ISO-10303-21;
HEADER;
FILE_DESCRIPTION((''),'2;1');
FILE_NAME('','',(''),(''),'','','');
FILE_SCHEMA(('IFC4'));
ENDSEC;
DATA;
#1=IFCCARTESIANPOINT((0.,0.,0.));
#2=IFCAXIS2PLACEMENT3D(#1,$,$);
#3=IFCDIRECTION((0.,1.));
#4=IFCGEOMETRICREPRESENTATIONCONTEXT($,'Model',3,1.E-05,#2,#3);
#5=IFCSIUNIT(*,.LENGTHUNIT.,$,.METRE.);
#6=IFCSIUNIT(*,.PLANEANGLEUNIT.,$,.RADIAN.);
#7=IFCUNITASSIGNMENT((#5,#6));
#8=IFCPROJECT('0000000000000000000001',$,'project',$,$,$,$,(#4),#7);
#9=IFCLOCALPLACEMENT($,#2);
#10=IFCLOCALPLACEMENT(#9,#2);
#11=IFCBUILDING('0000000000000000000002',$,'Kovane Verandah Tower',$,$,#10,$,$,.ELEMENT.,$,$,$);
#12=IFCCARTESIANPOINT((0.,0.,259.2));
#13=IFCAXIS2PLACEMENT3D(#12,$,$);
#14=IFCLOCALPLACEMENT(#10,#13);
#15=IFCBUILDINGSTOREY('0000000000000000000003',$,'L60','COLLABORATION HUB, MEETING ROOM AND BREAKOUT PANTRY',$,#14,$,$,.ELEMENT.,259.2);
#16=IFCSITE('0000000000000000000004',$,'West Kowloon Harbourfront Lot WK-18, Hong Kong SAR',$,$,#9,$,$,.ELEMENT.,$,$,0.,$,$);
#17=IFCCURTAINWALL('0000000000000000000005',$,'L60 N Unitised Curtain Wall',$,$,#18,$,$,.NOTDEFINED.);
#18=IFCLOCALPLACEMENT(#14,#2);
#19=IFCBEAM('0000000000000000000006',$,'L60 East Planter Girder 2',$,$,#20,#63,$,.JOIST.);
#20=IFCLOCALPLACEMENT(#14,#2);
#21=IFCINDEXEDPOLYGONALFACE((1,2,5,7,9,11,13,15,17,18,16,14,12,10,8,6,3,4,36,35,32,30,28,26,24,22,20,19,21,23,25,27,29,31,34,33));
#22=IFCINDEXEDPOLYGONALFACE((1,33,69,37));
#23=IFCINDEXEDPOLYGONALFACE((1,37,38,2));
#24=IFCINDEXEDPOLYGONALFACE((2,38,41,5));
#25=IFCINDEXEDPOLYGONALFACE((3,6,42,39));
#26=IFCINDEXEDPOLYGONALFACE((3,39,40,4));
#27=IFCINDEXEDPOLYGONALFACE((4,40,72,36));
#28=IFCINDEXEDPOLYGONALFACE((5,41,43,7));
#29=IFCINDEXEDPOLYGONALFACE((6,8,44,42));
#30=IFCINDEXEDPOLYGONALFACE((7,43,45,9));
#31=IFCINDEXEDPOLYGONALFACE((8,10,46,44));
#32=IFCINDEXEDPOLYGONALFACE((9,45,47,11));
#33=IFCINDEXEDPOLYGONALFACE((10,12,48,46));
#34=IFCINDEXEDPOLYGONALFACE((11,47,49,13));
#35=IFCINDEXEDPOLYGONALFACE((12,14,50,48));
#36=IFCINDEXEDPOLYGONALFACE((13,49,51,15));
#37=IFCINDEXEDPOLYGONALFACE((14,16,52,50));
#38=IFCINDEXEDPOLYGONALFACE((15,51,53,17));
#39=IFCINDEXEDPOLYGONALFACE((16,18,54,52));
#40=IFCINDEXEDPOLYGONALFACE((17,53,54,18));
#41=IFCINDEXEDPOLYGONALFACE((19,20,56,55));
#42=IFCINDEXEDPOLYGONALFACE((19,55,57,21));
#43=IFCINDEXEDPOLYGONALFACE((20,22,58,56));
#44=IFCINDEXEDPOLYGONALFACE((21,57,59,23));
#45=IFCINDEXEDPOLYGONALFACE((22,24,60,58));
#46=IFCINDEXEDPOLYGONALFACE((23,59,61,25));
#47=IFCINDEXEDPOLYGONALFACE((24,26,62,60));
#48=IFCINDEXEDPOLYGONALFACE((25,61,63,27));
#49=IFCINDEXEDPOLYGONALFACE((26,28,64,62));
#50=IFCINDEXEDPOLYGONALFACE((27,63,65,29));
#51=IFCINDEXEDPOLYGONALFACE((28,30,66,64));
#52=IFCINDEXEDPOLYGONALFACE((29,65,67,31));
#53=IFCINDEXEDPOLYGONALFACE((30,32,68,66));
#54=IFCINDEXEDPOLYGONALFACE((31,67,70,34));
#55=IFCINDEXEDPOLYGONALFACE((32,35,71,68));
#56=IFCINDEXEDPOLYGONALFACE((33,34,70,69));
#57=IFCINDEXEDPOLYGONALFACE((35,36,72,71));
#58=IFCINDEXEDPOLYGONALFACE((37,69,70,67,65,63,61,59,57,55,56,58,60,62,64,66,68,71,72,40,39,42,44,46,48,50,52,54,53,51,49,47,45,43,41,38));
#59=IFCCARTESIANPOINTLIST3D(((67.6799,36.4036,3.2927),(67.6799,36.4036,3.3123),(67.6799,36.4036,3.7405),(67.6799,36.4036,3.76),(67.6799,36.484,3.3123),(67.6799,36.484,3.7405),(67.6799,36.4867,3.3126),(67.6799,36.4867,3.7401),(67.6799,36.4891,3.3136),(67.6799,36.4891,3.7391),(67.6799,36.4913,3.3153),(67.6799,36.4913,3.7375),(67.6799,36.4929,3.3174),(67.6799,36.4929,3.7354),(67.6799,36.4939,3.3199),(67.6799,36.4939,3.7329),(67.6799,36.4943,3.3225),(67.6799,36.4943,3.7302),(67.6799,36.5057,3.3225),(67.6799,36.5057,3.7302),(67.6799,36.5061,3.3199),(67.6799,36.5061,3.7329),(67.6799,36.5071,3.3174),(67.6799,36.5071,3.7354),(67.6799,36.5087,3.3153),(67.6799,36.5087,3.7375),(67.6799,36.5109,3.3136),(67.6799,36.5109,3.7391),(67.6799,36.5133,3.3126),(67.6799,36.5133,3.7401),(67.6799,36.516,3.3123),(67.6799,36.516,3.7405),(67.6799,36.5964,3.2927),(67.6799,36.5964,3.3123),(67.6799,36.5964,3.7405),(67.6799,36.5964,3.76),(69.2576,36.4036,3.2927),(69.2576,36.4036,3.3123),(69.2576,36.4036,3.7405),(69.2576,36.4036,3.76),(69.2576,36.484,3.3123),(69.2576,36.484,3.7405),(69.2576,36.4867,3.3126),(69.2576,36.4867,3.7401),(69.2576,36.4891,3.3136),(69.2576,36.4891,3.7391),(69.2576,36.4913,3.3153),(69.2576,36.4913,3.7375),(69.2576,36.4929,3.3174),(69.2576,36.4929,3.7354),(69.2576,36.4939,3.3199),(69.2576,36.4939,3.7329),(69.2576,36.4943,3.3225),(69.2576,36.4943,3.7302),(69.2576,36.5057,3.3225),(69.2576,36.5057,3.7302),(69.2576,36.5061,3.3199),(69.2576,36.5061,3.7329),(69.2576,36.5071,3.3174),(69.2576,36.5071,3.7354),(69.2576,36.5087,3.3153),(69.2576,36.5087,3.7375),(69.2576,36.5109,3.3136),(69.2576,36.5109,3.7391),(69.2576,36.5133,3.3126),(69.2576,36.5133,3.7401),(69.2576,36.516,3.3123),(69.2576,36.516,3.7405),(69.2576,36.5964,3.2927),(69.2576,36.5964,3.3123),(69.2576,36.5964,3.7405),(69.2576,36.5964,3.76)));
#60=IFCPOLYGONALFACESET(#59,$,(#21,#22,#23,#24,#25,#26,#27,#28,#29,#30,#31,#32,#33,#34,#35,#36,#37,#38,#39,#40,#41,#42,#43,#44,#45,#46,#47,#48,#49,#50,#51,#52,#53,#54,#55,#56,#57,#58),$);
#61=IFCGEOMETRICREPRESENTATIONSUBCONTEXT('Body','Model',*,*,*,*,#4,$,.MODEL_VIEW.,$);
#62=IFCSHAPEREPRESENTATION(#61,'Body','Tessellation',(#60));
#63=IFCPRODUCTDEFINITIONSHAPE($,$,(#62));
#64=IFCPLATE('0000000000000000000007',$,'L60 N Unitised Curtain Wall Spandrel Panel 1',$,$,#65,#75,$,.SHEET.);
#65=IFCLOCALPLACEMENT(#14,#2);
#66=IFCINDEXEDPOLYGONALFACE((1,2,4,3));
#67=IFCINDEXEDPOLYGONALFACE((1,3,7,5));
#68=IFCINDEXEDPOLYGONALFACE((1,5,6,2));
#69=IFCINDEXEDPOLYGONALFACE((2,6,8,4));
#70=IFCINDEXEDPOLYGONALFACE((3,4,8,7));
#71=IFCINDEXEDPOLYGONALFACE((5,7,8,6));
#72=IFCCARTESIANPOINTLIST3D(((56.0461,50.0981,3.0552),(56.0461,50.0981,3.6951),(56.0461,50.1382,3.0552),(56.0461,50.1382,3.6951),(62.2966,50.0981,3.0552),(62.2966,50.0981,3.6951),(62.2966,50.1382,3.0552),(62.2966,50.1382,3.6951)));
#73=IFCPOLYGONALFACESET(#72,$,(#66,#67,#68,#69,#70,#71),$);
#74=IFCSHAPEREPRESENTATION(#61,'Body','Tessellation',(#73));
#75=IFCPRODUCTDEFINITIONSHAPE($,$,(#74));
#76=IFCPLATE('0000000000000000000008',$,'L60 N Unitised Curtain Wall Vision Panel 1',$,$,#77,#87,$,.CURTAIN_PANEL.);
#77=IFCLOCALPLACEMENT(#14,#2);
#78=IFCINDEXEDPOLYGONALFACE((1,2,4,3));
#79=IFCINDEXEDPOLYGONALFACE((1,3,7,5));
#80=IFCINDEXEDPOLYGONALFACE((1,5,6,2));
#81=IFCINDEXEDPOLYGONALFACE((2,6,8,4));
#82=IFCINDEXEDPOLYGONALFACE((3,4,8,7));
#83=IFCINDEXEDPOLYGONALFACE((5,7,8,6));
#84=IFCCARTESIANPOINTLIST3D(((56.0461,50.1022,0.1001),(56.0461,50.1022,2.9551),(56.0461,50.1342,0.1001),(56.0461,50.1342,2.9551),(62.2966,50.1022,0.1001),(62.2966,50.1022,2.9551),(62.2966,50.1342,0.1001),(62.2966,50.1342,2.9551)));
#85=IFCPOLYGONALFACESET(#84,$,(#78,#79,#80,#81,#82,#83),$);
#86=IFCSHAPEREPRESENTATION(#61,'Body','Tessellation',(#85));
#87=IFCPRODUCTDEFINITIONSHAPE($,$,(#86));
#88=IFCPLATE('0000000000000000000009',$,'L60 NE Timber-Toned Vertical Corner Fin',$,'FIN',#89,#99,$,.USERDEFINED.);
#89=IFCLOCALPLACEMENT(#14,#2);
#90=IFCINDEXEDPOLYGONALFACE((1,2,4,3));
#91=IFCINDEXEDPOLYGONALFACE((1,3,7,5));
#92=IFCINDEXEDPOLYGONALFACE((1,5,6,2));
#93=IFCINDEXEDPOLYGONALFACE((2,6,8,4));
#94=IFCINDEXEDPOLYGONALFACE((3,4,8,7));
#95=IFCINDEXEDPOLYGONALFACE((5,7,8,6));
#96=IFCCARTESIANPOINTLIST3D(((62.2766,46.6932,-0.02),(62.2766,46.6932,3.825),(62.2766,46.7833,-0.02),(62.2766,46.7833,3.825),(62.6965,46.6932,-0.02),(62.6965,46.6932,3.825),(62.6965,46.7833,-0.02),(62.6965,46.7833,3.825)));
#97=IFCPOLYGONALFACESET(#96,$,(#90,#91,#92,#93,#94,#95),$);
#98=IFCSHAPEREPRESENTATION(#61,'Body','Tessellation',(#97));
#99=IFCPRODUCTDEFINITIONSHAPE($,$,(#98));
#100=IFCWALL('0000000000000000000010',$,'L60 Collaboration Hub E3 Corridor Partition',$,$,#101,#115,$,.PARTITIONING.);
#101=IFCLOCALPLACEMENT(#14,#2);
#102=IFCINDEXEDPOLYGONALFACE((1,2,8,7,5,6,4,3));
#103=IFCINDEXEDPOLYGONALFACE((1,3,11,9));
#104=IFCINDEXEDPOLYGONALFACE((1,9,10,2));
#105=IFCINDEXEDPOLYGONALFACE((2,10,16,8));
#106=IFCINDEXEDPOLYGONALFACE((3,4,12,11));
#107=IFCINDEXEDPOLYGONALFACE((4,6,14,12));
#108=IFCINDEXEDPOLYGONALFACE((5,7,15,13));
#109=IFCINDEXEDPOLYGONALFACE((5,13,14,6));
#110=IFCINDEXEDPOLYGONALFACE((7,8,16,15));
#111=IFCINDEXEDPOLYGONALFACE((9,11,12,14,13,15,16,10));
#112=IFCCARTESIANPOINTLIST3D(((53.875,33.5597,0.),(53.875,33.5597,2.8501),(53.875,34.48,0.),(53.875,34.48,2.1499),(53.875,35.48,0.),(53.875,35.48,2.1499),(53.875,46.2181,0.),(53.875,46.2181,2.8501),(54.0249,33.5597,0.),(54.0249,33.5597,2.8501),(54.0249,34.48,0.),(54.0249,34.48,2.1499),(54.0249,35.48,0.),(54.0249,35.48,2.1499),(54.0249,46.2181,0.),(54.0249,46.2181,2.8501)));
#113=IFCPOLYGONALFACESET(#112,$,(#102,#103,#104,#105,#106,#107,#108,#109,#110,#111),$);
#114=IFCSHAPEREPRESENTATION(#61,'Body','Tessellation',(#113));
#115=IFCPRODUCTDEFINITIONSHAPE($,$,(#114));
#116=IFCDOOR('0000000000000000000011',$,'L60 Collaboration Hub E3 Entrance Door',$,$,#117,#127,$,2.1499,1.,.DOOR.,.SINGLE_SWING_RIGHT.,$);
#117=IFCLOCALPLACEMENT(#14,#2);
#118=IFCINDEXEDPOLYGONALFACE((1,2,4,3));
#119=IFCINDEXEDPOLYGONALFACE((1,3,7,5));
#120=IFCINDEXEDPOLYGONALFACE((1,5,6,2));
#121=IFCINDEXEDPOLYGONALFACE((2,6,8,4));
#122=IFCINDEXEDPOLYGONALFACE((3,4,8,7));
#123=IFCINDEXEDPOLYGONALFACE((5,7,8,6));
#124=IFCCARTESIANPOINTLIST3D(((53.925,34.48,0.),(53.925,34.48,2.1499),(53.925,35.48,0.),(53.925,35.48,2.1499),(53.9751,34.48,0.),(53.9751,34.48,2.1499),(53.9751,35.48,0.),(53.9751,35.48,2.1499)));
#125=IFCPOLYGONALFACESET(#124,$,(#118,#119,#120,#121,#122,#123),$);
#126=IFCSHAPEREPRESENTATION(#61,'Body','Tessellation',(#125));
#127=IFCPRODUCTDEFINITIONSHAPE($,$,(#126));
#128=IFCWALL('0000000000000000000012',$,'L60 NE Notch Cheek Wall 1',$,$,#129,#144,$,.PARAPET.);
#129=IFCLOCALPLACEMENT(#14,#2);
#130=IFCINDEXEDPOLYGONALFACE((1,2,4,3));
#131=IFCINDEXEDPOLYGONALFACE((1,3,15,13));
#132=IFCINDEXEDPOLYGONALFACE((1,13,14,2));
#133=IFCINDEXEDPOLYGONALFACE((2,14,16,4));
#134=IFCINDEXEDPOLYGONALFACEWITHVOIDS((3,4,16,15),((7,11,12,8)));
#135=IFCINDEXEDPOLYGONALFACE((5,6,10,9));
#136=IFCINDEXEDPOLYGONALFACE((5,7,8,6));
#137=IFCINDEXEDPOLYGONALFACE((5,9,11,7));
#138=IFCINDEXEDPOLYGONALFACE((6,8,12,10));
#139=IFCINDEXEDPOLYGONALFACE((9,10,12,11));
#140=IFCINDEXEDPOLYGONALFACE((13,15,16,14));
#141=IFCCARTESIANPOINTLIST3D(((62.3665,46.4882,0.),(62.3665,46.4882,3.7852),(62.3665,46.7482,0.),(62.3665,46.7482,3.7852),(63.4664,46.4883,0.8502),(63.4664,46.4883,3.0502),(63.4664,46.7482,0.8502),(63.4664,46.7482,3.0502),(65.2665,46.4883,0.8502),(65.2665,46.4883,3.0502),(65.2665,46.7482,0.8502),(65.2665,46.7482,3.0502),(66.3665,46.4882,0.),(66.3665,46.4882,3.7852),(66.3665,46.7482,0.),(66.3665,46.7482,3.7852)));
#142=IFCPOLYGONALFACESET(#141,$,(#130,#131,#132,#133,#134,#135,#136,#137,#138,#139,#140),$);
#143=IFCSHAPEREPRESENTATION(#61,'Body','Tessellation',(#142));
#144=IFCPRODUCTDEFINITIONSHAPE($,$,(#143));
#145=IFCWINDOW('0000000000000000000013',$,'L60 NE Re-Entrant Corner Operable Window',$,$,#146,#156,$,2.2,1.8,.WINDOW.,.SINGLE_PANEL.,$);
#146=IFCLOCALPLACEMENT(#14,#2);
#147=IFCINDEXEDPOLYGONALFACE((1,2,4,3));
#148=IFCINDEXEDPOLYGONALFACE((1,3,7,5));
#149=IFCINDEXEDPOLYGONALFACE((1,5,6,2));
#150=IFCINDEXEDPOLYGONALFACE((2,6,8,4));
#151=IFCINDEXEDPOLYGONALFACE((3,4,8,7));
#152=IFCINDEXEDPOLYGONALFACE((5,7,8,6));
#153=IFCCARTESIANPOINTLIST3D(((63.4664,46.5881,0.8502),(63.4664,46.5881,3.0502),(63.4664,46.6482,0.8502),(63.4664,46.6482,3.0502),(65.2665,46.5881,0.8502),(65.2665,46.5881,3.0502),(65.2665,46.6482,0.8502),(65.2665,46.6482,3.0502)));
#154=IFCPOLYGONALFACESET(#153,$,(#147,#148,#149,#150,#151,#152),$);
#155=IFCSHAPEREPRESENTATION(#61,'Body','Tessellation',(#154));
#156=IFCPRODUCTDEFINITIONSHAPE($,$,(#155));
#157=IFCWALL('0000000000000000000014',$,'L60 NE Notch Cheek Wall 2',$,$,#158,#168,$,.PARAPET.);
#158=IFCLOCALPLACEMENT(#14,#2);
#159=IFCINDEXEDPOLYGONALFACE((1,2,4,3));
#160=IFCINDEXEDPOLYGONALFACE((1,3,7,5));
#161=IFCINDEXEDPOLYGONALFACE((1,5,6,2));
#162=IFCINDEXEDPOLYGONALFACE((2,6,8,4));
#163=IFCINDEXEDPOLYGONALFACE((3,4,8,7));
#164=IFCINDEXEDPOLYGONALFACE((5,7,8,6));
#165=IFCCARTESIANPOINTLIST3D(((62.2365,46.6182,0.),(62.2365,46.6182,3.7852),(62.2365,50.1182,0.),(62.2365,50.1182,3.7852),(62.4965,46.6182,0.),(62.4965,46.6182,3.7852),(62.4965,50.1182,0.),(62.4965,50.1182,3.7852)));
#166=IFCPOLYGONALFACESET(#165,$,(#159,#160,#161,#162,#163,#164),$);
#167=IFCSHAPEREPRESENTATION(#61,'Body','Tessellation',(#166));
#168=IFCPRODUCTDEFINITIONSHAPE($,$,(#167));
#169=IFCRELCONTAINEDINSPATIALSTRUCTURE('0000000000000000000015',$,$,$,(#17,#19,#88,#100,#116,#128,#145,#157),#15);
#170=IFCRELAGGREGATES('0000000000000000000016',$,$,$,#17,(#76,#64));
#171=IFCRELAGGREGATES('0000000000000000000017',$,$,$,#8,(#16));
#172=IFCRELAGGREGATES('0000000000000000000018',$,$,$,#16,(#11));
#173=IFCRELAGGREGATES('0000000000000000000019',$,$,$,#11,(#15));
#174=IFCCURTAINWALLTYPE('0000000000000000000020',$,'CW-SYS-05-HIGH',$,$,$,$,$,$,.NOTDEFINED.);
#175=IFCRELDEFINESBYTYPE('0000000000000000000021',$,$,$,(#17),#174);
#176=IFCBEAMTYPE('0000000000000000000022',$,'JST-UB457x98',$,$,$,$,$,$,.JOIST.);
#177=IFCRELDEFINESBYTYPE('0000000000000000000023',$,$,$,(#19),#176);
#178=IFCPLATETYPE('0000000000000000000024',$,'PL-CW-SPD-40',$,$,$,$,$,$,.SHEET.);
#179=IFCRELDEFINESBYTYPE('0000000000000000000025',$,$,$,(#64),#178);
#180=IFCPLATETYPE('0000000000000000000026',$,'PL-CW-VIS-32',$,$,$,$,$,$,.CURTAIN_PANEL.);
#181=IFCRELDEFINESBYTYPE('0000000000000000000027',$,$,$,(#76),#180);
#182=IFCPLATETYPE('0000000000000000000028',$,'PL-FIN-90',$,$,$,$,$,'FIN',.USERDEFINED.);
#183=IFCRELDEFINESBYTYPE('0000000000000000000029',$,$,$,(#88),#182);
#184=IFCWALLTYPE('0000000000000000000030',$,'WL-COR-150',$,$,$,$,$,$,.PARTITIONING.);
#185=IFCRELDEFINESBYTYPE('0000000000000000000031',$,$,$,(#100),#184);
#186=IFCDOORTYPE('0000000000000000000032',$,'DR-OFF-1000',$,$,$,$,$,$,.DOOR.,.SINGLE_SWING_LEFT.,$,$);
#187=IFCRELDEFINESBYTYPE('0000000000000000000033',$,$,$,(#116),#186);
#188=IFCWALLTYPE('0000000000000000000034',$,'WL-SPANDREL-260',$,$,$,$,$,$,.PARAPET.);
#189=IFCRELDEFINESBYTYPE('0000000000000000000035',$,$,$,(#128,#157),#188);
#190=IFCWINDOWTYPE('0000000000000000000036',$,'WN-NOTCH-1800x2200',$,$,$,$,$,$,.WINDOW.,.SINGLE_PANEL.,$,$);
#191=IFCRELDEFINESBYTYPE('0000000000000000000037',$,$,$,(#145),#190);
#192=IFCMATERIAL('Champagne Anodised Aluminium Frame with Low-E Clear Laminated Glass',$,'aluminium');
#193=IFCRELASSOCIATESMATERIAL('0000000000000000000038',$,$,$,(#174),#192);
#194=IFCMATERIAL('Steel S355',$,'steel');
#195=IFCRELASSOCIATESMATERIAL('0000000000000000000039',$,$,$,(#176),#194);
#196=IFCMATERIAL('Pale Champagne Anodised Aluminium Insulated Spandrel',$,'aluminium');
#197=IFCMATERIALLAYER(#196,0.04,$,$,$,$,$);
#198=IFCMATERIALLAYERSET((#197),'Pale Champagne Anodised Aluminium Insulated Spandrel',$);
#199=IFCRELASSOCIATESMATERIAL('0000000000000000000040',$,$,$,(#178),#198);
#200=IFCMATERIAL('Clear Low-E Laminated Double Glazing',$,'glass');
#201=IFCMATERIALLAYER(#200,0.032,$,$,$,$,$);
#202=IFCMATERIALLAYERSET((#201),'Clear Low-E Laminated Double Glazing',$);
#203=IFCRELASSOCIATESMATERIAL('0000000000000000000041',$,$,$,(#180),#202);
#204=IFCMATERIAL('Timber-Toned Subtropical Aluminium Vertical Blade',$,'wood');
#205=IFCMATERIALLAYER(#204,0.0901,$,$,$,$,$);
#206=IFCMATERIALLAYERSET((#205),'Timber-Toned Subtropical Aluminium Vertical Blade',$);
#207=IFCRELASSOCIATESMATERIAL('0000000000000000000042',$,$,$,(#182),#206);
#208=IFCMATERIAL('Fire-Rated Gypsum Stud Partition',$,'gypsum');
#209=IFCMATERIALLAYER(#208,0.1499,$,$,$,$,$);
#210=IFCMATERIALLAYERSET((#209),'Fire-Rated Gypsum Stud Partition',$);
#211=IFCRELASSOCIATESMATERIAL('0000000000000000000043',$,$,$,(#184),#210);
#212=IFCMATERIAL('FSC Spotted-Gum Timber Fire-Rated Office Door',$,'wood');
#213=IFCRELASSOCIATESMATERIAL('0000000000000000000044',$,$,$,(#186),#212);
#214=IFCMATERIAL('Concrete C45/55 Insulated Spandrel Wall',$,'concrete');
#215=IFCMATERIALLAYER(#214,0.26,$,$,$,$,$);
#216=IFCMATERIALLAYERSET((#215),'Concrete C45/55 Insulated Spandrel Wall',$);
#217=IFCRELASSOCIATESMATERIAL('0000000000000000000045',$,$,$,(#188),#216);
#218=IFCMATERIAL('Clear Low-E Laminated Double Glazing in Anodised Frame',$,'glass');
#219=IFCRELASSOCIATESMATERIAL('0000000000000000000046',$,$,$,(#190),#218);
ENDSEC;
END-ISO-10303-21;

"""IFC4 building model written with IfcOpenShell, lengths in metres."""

from ifc_helpers import new_model, si_unit, direction, frame, frame_2d, origin, origin_2d, place, context, subcontext, project, spatial, rectangle, i_section, extrude, material, layer, layer_set, material_profile, profile_set, type_object, element, fill, aggregate, save


model = new_model("IFC4")

# Units and contexts
model_context = context("Model", 3, precision=1e-05, world=origin(), true_north=direction((0.0, 1.0)))
body_context = subcontext(model_context, "Body", "Model", "MODEL_VIEW")
ifc_project = project(units=[si_unit("LENGTHUNIT", "METRE"), si_unit("PLANEANGLEUNIT", "RADIAN")], contexts=[model_context])

# Site, building, storey
site_placement = place(None, origin())
site = spatial("IfcSite", under=ifc_project, at=site_placement, Name="West Kowloon Harbourfront Lot WK-18, Hong Kong SAR", CompositionType="ELEMENT", RefElevation=0.0)
building_placement = place(site_placement, origin())
building = spatial("IfcBuilding", under=site, at=building_placement, Name="Kovane Verandah Tower", CompositionType="ELEMENT")
storey_placement = place(building_placement, frame((0.0, 0.0, 259.2)))
storey = spatial("IfcBuildingStorey", under=building, at=storey_placement, Name="L60", Description="COLLABORATION HUB, MEETING ROOM AND BREAKOUT PANTRY", CompositionType="ELEMENT", Elevation=259.2)

# Shared definitions
ifc_material_1 = material(Name="Steel S355", Category="steel")

# Curtain wall
ifc_material_2 = material(Name="Champagne Anodised Aluminium Frame with Low-E Clear Laminated Glass", Category="aluminium")
curtain_wall_type = type_object("IfcCurtainWallType", Name="CW-SYS-05-HIGH", PredefinedType="NOTDEFINED", material=ifc_material_2)
curtain_wall_placement = place(storey_placement, origin())
curtain_wall = element("IfcCurtainWall", 1, at=curtain_wall_placement, inside=storey, type_object=curtain_wall_type, Name="L60 N Unitised Curtain Wall", PredefinedType="NOTDEFINED")

# Beam
ifc_material_profile_1 = material_profile(ifc_material_1, i_section(OverallWidth=0.1929, OverallDepth=0.4673, WebThickness=0.0115, FlangeThickness=0.0195, FilletRadius=0.0103, at=origin_2d()), Name="UB457x191x98")
ifc_profile_set_1 = profile_set([ifc_material_profile_1], Name="Steel S355")
beam_type_1 = type_object("IfcBeamType", Name="JST-UB457x98", PredefinedType="JOIST", material=ifc_profile_set_1)
beam_1_placement = place(storey_placement, frame((67.6799, 36.5, 3.5264), z_axis=(1.0, 0.0, 0.0), x_axis=(0.0, 1.0, 0.0)))
element("IfcBeam", 2, at=beam_1_placement, inside=storey, type_object=beam_type_1, Name="L60 East Planter Girder 2", PredefinedType="JOIST", context=body_context, shape_type="SweptSolid", body=[
    extrude(i_section(OverallWidth=0.1929, OverallDepth=0.4673, WebThickness=0.0115, FlangeThickness=0.0195, FilletRadius=0.0103, at=origin_2d()), origin(), (0.0, 0.0, 1.0), 1.5776),
])

# Plates
ifc_material_3 = material(Name="Pale Champagne Anodised Aluminium Insulated Spandrel", Category="aluminium")
ifc_layer_1 = layer(ifc_material_3, 0.04)
ifc_layer_set_1 = layer_set([ifc_layer_1], Name="Pale Champagne Anodised Aluminium Insulated Spandrel")
plate_type_1 = type_object("IfcPlateType", Name="PL-CW-SPD-40", PredefinedType="SHEET", material=ifc_layer_set_1)
plate_1_placement = place(storey_placement, frame((59.1714, 50.1182, 3.0552), z_axis=(0.0, 0.0, 1.0), x_axis=(-1.0, 0.0, 0.0)))
plate_1 = element("IfcPlate", 3, at=plate_1_placement, type_object=plate_type_1, Name="L60 N Unitised Curtain Wall Spandrel Panel 1", PredefinedType="SHEET", context=body_context, shape_type="SweptSolid", body=[
    extrude(rectangle(XDim=6.2505, YDim=0.04, at=origin_2d()), origin(), (0.0, 0.0, 1.0), 0.6399),
])
ifc_material_4 = material(Name="Clear Low-E Laminated Double Glazing", Category="glass")
ifc_layer_2 = layer(ifc_material_4, 0.032)
ifc_layer_set_2 = layer_set([ifc_layer_2], Name="Clear Low-E Laminated Double Glazing")
plate_type_2 = type_object("IfcPlateType", Name="PL-CW-VIS-32", PredefinedType="CURTAIN_PANEL", material=ifc_layer_set_2)
plate_2_placement = place(storey_placement, frame((59.1714, 50.1182, 0.1001), z_axis=(0.0, 0.0, 1.0), x_axis=(-1.0, 0.0, 0.0)))
plate_2 = element("IfcPlate", 4, at=plate_2_placement, type_object=plate_type_2, Name="L60 N Unitised Curtain Wall Vision Panel 1", PredefinedType="CURTAIN_PANEL", context=body_context, shape_type="SweptSolid", body=[
    extrude(rectangle(XDim=6.2505, YDim=0.032, at=origin_2d()), origin(), (0.0, 0.0, 1.0), 2.855),
])
aggregate(curtain_wall, [plate_2, plate_1])
ifc_material_5 = material(Name="Timber-Toned Subtropical Aluminium Vertical Blade", Category="wood")
ifc_layer_3 = layer(ifc_material_5, 0.0901)
ifc_layer_set_3 = layer_set([ifc_layer_3], Name="Timber-Toned Subtropical Aluminium Vertical Blade")
plate_type_3 = type_object("IfcPlateType", Name="PL-FIN-90", ElementType="FIN", PredefinedType="USERDEFINED", material=ifc_layer_set_3)
plate_3_placement = place(storey_placement, frame((62.4866, 46.7383, -0.02), z_axis=(0.0, 0.0, 1.0), x_axis=(1.0, 0.0, 0.0)))
element("IfcPlate", 5, at=plate_3_placement, inside=storey, type_object=plate_type_3, Name="L60 NE Timber-Toned Vertical Corner Fin", ObjectType="FIN", PredefinedType="USERDEFINED", context=body_context, shape_type="SweptSolid", body=[
    extrude(rectangle(XDim=0.4199, YDim=0.0901, at=origin_2d()), origin(), (0.0, 0.0, 1.0), 3.845),
])

# Wall, opening, door
ifc_material_6 = material(Name="Fire-Rated Gypsum Stud Partition", Category="gypsum")
ifc_layer_4 = layer(ifc_material_6, 0.1499)
ifc_layer_set_4 = layer_set([ifc_layer_4], Name="Fire-Rated Gypsum Stud Partition")
wall_type_1 = type_object("IfcWallType", Name="WL-COR-150", PredefinedType="PARTITIONING", material=ifc_layer_set_4)
wall_1_placement = place(storey_placement, frame((53.95, 33.5598, 0.0), z_axis=(0.0, 0.0, 1.0), x_axis=(0.0, 1.0, 0.0)))
wall_1 = element("IfcWall", 6, at=wall_1_placement, inside=storey, type_object=wall_type_1, Name="L60 Collaboration Hub E3 Corridor Partition", PredefinedType="PARTITIONING", context=body_context, shape_type="SweptSolid", body=[
    extrude(rectangle(XDim=12.6584, YDim=0.1499, at=frame_2d((6.3291, 0.0))), origin(), (0.0, 0.0, 1.0), 2.8501),
])
opening_1_placement = place(wall_1_placement, frame((0.9202, 0.0, 0.0)))
opening_1 = element("IfcOpeningElement", 7, at=opening_1_placement, cuts=wall_1, PredefinedType="OPENING", context=body_context, shape_type="SweptSolid", body=[
    extrude(rectangle(XDim=1.0, YDim=2.1499, at=frame_2d((0.5, 1.075))), frame((0.0, 0.075, 0.0), z_axis=(0.0, -1.0, 0.0), x_axis=(1.0, 0.0, 0.0)), (0.0, 0.0, 1.0), 0.1499),
])
ifc_material_7 = material(Name="FSC Spotted-Gum Timber Fire-Rated Office Door", Category="wood")
door_type = type_object("IfcDoorType", Name="DR-OFF-1000", OperationType="SINGLE_SWING_LEFT", PredefinedType="DOOR", material=ifc_material_7)
door_placement = place(opening_1_placement, origin())
door = element("IfcDoor", 8, at=door_placement, inside=storey, type_object=door_type, Name="L60 Collaboration Hub E3 Entrance Door", OperationType="SINGLE_SWING_RIGHT", OverallHeight=2.1499, OverallWidth=1.0, PredefinedType="DOOR", context=body_context, shape_type="SweptSolid", body=[
    extrude(rectangle(XDim=1.0, YDim=2.1499, at=frame_2d((0.5, 1.075))), frame((0.0, 0.0249, 0.0), z_axis=(0.0, -1.0, 0.0), x_axis=(1.0, 0.0, 0.0)), (0.0, 0.0, 1.0), 0.05),
])
fill(opening_1, door)

# Wall, opening, window
ifc_material_8 = material(Name="Concrete C45/55 Insulated Spandrel Wall", Category="concrete")
ifc_layer_5 = layer(ifc_material_8, 0.26)
ifc_layer_set_5 = layer_set([ifc_layer_5], Name="Concrete C45/55 Insulated Spandrel Wall")
wall_type_2 = type_object("IfcWallType", Name="WL-SPANDREL-260", PredefinedType="PARAPET", material=ifc_layer_set_5)
wall_2_placement = place(storey_placement, frame((66.3665, 46.6182, 0.0), z_axis=(0.0, 0.0, 1.0), x_axis=(-1.0, 0.0, 0.0)))
wall_2 = element("IfcWall", 9, at=wall_2_placement, inside=storey, type_object=wall_type_2, Name="L60 NE Notch Cheek Wall 1", PredefinedType="PARAPET", context=body_context, shape_type="SweptSolid", body=[
    extrude(rectangle(XDim=4.0, YDim=0.26, at=frame_2d((2.0, 0.0))), origin(), (0.0, 0.0, 1.0), 3.7852),
])
opening_2_placement = place(wall_2_placement, frame((1.1001, 0.0, 0.8501)))
opening_2 = element("IfcOpeningElement", 10, at=opening_2_placement, cuts=wall_2, PredefinedType="OPENING", context=body_context, shape_type="SweptSolid", body=[
    extrude(rectangle(XDim=1.8, YDim=2.2, at=frame_2d((0.8999, 1.1001))), frame((0.0, 0.1299, 0.0), z_axis=(0.0, -1.0, 0.0), x_axis=(1.0, 0.0, 0.0)), (0.0, 0.0, 1.0), 0.26),
])
ifc_material_9 = material(Name="Clear Low-E Laminated Double Glazing in Anodised Frame", Category="glass")
window_type = type_object("IfcWindowType", Name="WN-NOTCH-1800x2200", PartitioningType="SINGLE_PANEL", PredefinedType="WINDOW", material=ifc_material_9)
window_placement = place(opening_2_placement, origin())
window = element("IfcWindow", 11, at=window_placement, inside=storey, type_object=window_type, Name="L60 NE Re-Entrant Corner Operable Window", OverallHeight=2.2, OverallWidth=1.8, PartitioningType="SINGLE_PANEL", PredefinedType="WINDOW", context=body_context, shape_type="SweptSolid", body=[
    extrude(rectangle(XDim=1.8, YDim=2.2, at=frame_2d((0.8999, 1.1001))), frame((0.0, 0.03, 0.0), z_axis=(0.0, -1.0, 0.0), x_axis=(1.0, 0.0, 0.0)), (0.0, 0.0, 1.0), 0.0601),
])
fill(opening_2, window)

# Wall
wall_3_placement = place(storey_placement, frame((62.3665, 46.6182, 0.0), z_axis=(0.0, 0.0, 1.0), x_axis=(0.0, 1.0, 0.0)))
element("IfcWall", 12, at=wall_3_placement, inside=storey, type_object=wall_type_2, Name="L60 NE Notch Cheek Wall 2", PredefinedType="PARAPET", context=body_context, shape_type="SweptSolid", body=[
    extrude(rectangle(XDim=3.5, YDim=0.26, at=frame_2d((1.75, 0.0))), origin(), (0.0, 0.0, 1.0), 3.7852),
])

save(model, "model.ifc")
